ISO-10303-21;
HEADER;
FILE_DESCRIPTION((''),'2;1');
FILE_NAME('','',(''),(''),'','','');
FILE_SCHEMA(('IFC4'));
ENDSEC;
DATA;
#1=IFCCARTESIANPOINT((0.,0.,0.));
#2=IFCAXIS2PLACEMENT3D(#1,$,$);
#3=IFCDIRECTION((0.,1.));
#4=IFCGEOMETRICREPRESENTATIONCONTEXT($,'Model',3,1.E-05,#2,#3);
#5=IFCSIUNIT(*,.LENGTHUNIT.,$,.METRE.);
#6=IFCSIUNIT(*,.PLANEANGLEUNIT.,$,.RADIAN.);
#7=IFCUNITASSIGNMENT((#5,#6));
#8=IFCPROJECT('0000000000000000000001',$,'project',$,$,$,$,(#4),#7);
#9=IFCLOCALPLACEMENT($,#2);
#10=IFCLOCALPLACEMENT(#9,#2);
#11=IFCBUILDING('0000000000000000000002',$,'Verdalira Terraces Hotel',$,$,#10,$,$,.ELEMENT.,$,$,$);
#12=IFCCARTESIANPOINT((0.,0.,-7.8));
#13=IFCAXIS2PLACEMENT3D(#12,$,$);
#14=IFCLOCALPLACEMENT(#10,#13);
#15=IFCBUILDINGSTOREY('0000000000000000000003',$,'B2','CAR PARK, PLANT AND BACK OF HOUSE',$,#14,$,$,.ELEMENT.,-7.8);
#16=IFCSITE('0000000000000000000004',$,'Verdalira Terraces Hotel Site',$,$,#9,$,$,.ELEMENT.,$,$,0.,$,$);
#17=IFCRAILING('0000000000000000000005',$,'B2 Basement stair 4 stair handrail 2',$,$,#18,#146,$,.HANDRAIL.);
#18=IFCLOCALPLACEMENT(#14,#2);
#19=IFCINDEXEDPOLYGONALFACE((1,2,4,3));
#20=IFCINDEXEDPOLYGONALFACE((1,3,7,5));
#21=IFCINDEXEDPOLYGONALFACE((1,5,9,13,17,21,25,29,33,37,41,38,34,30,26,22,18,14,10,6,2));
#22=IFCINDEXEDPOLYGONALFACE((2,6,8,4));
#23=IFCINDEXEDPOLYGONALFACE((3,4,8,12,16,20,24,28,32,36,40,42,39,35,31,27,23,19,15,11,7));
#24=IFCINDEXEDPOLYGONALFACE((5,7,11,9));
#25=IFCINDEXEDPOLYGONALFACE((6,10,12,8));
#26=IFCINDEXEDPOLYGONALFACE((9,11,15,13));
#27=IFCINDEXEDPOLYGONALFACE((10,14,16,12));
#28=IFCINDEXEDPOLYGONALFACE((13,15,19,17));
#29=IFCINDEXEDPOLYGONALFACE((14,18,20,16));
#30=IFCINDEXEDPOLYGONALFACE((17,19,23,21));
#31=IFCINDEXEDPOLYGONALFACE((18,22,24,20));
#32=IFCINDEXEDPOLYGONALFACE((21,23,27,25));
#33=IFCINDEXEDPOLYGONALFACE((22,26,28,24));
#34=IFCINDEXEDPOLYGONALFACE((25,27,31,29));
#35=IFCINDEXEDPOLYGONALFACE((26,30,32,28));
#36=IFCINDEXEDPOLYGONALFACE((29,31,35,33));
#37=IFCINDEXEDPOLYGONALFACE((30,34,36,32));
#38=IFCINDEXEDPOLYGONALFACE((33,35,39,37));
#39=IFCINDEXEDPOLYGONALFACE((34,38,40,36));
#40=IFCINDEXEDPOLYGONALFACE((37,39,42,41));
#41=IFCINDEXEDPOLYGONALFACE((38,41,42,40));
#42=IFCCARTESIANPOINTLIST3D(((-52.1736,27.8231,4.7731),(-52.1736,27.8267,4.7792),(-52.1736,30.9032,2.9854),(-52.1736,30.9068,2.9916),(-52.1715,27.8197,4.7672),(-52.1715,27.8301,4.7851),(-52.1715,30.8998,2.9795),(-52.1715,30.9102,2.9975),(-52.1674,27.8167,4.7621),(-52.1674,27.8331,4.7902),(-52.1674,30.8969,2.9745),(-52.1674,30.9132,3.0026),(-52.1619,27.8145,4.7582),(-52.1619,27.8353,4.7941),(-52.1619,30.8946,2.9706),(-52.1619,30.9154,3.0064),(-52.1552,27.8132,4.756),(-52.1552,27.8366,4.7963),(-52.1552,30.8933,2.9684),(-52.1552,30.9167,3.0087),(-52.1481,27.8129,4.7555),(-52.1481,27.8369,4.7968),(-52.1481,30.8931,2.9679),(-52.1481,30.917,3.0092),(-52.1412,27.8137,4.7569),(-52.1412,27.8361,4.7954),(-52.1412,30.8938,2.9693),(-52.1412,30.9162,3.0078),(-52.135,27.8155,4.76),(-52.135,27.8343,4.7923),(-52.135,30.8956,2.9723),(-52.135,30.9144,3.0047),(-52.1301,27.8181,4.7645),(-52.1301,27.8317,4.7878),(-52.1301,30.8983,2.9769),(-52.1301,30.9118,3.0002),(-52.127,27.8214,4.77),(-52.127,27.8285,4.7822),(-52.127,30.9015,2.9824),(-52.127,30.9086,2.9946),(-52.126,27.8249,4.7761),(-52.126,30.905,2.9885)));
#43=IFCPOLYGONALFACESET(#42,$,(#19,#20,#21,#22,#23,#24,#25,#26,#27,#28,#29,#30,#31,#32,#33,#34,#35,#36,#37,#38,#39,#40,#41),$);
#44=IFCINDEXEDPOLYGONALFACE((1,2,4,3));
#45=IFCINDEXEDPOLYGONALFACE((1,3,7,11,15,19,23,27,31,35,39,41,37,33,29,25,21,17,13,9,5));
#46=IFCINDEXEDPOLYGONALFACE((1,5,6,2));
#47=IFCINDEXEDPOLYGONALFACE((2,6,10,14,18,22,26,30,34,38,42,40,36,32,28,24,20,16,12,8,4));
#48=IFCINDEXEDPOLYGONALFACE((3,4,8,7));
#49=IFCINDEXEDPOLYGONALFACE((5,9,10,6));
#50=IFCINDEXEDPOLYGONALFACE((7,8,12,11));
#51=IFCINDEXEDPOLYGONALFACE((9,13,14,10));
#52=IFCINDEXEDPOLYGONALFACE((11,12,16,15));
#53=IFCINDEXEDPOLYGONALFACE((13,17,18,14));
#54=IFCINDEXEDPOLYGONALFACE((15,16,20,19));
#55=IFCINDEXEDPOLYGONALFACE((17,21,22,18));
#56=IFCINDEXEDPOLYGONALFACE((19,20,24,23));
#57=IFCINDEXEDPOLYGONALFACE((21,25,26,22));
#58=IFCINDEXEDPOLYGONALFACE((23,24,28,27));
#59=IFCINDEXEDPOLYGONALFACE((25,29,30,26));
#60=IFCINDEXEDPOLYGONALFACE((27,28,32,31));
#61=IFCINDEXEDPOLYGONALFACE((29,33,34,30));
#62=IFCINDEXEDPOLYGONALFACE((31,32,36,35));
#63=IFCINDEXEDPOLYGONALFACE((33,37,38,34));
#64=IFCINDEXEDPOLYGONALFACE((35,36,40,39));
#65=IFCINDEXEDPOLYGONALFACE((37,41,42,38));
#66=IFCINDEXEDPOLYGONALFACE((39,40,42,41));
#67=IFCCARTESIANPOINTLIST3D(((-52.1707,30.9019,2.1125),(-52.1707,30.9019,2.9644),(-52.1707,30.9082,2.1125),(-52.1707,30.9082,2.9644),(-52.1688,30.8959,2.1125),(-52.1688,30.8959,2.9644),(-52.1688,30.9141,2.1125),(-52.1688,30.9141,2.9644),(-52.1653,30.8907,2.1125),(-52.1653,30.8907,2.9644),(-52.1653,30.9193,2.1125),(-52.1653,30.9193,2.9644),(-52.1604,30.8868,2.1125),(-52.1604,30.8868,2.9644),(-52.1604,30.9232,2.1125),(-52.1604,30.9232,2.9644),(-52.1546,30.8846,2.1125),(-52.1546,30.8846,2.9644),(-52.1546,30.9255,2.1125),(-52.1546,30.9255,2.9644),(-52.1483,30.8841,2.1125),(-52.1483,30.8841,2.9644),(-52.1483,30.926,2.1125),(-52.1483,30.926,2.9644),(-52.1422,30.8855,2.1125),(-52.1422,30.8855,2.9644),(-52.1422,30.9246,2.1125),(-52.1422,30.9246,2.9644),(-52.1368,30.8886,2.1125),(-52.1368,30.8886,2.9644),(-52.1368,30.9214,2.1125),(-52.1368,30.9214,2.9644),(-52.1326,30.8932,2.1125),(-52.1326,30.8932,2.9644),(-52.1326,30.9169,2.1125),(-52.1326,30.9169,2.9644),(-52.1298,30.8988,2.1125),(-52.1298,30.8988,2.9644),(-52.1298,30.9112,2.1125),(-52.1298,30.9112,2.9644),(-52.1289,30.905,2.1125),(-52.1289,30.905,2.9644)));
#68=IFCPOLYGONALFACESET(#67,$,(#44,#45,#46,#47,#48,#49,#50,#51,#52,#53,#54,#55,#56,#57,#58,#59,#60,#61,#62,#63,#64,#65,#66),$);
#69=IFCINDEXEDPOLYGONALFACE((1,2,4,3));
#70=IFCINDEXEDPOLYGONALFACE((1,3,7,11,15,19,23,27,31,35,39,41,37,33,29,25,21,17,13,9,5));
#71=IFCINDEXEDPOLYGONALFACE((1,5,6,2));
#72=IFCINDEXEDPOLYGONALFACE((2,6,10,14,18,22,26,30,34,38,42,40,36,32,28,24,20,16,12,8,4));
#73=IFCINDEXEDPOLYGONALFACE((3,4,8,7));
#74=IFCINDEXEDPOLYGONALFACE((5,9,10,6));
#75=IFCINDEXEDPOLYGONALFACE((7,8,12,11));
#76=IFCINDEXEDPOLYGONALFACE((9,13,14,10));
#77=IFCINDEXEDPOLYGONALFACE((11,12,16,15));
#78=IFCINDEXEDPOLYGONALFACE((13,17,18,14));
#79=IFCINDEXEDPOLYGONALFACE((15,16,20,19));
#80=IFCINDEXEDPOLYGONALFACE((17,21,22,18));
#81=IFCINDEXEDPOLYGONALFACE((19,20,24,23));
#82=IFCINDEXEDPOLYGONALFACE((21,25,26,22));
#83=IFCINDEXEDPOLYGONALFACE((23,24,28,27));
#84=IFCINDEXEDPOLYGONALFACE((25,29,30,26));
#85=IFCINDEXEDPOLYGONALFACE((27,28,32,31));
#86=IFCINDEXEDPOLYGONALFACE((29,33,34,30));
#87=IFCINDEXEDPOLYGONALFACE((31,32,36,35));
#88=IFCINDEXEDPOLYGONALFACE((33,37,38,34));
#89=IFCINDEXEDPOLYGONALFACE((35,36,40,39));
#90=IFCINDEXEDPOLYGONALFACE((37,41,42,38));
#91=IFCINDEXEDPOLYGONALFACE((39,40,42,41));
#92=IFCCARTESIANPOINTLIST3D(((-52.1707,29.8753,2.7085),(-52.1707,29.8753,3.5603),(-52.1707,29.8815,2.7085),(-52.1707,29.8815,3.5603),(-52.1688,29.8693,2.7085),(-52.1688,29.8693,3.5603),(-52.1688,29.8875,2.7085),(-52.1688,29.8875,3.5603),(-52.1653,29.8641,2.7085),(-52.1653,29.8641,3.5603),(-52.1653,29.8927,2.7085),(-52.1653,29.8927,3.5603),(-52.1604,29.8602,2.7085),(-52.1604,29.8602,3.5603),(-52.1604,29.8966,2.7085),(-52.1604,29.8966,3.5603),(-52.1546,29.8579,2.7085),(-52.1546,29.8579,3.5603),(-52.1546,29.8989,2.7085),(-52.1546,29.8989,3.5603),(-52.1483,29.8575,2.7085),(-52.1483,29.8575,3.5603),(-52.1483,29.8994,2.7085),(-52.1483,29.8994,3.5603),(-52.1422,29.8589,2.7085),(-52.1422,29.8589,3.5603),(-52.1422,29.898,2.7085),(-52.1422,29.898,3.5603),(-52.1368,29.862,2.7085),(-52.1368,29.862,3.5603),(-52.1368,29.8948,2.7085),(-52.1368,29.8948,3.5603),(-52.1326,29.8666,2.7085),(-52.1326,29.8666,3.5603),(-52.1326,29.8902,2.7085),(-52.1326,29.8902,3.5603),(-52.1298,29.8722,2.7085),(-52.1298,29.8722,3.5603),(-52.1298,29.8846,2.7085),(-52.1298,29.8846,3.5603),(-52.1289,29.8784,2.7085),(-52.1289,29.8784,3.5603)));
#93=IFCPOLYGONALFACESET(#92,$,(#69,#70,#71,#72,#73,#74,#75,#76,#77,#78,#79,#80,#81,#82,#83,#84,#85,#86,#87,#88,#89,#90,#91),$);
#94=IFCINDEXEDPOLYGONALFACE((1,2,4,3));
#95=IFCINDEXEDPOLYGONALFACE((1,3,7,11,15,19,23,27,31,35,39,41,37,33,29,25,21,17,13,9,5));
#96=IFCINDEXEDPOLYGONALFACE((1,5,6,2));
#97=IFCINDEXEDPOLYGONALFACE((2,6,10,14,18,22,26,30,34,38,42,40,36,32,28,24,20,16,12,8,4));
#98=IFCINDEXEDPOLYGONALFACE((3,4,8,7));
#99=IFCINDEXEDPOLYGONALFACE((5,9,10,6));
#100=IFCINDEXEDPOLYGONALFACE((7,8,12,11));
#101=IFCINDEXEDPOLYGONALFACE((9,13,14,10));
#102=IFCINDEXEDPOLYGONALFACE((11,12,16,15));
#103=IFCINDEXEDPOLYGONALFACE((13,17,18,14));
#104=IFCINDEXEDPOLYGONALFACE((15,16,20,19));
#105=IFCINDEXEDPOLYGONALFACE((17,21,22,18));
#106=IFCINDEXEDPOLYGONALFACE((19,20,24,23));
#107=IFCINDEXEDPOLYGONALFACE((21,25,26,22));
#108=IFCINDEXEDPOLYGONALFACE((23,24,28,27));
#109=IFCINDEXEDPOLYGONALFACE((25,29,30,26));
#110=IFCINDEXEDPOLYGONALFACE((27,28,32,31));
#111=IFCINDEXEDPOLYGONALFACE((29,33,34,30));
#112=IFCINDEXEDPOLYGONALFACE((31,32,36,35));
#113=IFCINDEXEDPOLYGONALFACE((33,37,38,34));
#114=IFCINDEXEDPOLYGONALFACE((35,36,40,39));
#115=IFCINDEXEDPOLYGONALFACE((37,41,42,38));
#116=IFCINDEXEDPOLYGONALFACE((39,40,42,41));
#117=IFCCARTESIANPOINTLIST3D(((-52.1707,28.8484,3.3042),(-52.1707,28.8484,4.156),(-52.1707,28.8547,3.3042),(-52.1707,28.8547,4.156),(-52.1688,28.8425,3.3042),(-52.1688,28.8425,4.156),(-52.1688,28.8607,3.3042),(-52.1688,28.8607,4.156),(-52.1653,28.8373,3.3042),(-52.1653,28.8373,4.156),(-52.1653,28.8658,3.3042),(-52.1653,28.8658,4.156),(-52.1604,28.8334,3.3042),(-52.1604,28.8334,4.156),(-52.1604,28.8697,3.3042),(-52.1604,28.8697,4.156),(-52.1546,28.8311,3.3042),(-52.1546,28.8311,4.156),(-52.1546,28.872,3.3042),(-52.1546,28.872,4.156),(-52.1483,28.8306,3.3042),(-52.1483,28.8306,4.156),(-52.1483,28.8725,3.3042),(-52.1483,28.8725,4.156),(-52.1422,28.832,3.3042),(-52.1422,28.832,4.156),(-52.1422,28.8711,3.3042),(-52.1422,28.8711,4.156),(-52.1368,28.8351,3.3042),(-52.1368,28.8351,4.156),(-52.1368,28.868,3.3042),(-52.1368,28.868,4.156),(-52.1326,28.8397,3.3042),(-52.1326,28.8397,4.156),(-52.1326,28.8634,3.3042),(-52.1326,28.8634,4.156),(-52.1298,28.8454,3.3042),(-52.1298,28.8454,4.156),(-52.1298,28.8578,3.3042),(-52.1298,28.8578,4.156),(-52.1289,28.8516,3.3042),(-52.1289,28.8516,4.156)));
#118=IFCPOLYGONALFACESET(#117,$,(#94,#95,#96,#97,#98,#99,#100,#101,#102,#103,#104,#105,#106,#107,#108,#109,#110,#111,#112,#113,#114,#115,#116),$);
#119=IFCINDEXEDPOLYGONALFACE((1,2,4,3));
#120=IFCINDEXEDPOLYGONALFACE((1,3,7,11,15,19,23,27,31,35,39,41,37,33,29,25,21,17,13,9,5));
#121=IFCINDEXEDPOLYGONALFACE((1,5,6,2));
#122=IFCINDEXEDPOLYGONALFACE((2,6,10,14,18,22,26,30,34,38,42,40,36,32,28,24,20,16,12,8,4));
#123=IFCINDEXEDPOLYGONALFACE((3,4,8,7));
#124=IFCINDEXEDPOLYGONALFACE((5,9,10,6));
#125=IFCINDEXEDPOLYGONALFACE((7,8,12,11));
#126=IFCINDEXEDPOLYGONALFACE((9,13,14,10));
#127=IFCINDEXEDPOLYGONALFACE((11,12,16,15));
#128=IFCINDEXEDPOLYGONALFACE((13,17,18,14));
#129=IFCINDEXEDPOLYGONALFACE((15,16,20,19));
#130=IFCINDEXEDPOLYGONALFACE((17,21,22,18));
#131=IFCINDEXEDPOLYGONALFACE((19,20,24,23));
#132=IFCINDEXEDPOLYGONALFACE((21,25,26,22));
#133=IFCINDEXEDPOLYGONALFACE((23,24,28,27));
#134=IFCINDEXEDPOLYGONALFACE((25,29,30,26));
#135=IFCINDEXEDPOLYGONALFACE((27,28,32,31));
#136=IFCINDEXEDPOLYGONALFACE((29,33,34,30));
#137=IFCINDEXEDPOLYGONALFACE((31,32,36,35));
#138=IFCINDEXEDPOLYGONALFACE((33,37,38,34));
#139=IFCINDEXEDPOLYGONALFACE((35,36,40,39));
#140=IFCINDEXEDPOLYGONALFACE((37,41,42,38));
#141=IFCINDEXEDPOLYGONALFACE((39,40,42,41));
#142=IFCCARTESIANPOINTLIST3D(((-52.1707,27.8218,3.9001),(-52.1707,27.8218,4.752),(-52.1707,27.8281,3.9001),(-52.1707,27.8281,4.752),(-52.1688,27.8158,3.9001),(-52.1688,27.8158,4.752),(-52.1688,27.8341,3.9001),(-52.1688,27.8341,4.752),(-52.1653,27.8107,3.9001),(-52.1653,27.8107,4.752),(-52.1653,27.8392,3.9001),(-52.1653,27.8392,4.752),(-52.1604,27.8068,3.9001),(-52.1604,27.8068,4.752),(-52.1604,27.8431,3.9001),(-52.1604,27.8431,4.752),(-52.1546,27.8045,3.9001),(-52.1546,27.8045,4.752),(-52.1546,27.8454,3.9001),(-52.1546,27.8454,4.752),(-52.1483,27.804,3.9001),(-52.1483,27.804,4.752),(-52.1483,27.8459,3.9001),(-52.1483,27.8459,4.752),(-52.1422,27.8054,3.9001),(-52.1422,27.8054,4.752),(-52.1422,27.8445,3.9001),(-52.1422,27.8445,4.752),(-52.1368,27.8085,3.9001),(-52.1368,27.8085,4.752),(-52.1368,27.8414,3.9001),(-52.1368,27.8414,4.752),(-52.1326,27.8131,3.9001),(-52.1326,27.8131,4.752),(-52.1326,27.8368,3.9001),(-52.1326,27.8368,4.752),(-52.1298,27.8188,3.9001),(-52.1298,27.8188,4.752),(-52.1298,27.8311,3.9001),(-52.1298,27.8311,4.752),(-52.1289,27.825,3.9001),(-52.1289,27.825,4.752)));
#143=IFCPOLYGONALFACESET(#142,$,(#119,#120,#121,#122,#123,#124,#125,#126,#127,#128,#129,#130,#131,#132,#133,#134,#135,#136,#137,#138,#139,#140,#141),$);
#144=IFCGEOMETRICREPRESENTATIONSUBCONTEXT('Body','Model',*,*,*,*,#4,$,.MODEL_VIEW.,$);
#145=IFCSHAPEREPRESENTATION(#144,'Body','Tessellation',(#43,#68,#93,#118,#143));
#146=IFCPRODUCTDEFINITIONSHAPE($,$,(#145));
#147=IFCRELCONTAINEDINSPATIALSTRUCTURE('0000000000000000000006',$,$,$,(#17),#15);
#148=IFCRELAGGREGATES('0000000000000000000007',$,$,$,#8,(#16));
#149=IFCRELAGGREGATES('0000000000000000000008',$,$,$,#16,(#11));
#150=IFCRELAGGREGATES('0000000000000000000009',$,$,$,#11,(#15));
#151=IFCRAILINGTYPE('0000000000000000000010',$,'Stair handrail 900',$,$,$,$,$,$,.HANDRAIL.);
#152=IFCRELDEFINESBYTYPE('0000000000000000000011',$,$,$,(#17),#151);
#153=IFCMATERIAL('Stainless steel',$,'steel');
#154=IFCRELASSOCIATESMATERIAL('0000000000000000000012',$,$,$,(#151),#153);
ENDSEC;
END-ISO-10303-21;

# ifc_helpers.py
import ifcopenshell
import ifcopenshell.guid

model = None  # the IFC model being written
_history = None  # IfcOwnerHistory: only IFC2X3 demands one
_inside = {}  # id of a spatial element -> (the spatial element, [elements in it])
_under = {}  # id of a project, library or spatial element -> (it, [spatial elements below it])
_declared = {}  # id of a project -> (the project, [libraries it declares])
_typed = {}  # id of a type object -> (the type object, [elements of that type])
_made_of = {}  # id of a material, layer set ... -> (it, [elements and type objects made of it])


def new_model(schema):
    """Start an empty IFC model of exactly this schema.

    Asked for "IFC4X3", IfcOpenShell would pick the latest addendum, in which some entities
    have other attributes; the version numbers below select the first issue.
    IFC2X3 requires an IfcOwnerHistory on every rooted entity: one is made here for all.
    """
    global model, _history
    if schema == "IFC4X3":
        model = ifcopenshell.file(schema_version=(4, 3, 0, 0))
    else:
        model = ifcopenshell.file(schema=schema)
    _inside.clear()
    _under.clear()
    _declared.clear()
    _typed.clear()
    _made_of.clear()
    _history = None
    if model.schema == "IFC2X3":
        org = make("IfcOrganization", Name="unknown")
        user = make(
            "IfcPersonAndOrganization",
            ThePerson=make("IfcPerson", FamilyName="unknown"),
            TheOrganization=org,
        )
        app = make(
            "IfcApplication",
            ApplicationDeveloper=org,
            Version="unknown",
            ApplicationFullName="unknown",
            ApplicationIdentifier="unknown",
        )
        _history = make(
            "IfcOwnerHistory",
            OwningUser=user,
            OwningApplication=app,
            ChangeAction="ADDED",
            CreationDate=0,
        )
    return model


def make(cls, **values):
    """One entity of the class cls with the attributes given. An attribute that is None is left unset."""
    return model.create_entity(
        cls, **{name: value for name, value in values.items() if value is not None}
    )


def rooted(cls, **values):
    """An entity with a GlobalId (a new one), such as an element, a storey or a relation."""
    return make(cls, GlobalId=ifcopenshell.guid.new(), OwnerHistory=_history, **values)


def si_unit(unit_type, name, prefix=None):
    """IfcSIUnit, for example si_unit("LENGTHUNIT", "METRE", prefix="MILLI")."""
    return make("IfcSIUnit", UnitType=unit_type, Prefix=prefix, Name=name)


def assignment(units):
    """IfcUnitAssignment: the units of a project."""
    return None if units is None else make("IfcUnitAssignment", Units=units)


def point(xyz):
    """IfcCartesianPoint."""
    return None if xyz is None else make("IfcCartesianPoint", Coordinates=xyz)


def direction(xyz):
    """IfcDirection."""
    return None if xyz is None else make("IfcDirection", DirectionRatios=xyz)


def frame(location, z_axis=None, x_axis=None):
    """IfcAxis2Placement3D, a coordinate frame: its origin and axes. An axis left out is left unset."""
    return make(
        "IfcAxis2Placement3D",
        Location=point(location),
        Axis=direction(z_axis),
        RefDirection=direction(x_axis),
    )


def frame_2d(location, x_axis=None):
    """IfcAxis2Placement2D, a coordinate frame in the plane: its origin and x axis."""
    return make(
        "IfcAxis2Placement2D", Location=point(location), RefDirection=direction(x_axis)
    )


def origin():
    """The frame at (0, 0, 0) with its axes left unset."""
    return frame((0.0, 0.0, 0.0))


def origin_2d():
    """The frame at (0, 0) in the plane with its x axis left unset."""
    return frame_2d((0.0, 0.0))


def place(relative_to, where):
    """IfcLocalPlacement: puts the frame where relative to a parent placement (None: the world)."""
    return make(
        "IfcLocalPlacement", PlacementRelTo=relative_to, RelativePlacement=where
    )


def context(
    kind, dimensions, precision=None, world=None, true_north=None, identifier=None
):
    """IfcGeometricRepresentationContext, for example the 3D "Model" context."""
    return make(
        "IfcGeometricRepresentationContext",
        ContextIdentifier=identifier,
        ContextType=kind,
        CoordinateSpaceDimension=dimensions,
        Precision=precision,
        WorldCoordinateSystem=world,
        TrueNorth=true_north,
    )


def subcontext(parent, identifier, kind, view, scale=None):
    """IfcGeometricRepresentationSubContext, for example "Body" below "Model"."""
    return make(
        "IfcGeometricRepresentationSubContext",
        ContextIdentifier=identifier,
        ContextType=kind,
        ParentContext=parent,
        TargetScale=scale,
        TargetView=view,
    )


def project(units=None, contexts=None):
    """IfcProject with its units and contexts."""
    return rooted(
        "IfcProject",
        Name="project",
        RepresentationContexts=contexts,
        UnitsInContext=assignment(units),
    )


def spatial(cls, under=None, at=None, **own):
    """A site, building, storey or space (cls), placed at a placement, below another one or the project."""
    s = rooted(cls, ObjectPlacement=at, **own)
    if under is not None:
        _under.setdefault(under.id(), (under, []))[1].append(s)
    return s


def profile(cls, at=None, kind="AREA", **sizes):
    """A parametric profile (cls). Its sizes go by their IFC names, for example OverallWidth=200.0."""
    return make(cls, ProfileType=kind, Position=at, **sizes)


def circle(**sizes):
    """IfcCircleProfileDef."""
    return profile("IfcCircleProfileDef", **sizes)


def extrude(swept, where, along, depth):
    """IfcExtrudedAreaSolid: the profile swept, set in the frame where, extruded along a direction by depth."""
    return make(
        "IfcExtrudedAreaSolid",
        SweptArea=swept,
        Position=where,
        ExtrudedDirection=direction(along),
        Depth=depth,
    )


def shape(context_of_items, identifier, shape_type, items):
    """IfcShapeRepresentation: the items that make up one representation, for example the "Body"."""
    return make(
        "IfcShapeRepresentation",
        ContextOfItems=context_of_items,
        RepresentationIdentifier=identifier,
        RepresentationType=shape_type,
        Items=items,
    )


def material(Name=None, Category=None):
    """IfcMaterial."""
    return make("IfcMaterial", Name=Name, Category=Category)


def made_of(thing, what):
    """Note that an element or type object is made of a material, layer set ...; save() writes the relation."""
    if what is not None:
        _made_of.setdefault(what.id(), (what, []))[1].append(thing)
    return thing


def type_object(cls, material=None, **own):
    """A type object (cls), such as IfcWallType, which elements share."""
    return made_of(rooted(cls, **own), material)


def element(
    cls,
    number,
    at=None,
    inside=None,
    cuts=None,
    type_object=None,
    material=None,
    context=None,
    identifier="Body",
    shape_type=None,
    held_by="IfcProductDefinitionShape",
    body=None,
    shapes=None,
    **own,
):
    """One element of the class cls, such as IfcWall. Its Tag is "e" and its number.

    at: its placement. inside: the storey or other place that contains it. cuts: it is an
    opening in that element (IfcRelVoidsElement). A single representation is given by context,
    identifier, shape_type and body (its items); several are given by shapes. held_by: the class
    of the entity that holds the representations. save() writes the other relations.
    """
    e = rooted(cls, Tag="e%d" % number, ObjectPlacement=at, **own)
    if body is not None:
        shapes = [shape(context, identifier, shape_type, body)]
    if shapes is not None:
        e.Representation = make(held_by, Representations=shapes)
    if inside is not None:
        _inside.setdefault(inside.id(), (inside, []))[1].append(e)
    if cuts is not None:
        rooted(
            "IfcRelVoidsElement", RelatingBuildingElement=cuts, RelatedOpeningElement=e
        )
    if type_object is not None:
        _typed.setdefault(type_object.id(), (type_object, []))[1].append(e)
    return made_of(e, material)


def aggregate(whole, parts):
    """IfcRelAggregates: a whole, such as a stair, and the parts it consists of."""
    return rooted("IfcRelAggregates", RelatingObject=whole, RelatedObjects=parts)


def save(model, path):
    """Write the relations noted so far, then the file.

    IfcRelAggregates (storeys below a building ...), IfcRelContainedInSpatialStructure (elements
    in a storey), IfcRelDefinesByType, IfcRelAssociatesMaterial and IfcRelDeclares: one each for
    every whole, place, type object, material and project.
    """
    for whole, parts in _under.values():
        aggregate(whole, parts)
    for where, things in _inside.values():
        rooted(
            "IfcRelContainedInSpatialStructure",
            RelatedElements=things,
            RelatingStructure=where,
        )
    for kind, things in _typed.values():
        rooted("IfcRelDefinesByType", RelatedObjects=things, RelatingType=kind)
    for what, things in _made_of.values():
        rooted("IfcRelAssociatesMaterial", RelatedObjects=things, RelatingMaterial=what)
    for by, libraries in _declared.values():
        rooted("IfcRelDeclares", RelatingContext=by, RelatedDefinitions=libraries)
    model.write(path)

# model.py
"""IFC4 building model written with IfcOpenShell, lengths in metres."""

from ifc_helpers import new_model, si_unit, direction, frame, origin, origin_2d, place, context, subcontext, project, spatial, circle, extrude, material, type_object, element, save


model = new_model("IFC4")

# Units and contexts
model_context = context("Model", 3, precision=1e-05, world=origin(), true_north=direction((0.0, 1.0)))
body_context = subcontext(model_context, "Body", "Model", "MODEL_VIEW")
ifc_project = project(units=[si_unit("LENGTHUNIT", "METRE"), si_unit("PLANEANGLEUNIT", "RADIAN")], contexts=[model_context])

# Site, building, storey
site_placement = place(None, origin())
site = spatial("IfcSite", under=ifc_project, at=site_placement, Name="Verdalira Terraces Hotel Site", CompositionType="ELEMENT", RefElevation=0.0)
building_placement = place(site_placement, origin())
building = spatial("IfcBuilding", under=site, at=building_placement, Name="Verdalira Terraces Hotel", CompositionType="ELEMENT")
storey_placement = place(building_placement, frame((0.0, 0.0, -7.8)))
storey = spatial("IfcBuildingStorey", under=building, at=storey_placement, Name="B2", Description="CAR PARK, PLANT AND BACK OF HOUSE", CompositionType="ELEMENT", Elevation=-7.8)

# Railing
ifc_material_1 = material(Name="Stainless steel", Category="steel")
railing_type_1 = type_object("IfcRailingType", Name="Stair handrail 900", PredefinedType="HANDRAIL", material=ifc_material_1)
railing_1_placement = place(storey_placement, frame((-52.1499, 30.905, 2.1125)))
element("IfcRailing", 1, at=railing_1_placement, inside=storey, type_object=railing_type_1, Name="B2 Basement stair 4 stair handrail 2", PredefinedType="HANDRAIL", context=body_context, shape_type="SweptSolid", body=[
    extrude(circle(Radius=0.0239, at=origin_2d()), frame((0.0, 0.0, 0.876), z_axis=(0.0, -0.864891, 0.50196), x_axis=(1.0, 0.0, 0.0)), (0.0, 0.0, 1.0), 3.5613),
    extrude(circle(Radius=0.021, at=origin_2d()), origin(), (0.0, 0.0, 1.0), 0.8518),
    extrude(circle(Radius=0.021, at=origin_2d()), frame((0.0, -1.0266, 0.5959)), (0.0, 0.0, 1.0), 0.8518),
    extrude(circle(Radius=0.021, at=origin_2d()), frame((0.0, -2.0535, 1.1917)), (0.0, 0.0, 1.0), 0.8518),
    extrude(circle(Radius=0.021, at=origin_2d()), frame((0.0, -3.0801, 1.7876)), (0.0, 0.0, 1.0), 0.8518),
])

save(model, "model.ifc")
